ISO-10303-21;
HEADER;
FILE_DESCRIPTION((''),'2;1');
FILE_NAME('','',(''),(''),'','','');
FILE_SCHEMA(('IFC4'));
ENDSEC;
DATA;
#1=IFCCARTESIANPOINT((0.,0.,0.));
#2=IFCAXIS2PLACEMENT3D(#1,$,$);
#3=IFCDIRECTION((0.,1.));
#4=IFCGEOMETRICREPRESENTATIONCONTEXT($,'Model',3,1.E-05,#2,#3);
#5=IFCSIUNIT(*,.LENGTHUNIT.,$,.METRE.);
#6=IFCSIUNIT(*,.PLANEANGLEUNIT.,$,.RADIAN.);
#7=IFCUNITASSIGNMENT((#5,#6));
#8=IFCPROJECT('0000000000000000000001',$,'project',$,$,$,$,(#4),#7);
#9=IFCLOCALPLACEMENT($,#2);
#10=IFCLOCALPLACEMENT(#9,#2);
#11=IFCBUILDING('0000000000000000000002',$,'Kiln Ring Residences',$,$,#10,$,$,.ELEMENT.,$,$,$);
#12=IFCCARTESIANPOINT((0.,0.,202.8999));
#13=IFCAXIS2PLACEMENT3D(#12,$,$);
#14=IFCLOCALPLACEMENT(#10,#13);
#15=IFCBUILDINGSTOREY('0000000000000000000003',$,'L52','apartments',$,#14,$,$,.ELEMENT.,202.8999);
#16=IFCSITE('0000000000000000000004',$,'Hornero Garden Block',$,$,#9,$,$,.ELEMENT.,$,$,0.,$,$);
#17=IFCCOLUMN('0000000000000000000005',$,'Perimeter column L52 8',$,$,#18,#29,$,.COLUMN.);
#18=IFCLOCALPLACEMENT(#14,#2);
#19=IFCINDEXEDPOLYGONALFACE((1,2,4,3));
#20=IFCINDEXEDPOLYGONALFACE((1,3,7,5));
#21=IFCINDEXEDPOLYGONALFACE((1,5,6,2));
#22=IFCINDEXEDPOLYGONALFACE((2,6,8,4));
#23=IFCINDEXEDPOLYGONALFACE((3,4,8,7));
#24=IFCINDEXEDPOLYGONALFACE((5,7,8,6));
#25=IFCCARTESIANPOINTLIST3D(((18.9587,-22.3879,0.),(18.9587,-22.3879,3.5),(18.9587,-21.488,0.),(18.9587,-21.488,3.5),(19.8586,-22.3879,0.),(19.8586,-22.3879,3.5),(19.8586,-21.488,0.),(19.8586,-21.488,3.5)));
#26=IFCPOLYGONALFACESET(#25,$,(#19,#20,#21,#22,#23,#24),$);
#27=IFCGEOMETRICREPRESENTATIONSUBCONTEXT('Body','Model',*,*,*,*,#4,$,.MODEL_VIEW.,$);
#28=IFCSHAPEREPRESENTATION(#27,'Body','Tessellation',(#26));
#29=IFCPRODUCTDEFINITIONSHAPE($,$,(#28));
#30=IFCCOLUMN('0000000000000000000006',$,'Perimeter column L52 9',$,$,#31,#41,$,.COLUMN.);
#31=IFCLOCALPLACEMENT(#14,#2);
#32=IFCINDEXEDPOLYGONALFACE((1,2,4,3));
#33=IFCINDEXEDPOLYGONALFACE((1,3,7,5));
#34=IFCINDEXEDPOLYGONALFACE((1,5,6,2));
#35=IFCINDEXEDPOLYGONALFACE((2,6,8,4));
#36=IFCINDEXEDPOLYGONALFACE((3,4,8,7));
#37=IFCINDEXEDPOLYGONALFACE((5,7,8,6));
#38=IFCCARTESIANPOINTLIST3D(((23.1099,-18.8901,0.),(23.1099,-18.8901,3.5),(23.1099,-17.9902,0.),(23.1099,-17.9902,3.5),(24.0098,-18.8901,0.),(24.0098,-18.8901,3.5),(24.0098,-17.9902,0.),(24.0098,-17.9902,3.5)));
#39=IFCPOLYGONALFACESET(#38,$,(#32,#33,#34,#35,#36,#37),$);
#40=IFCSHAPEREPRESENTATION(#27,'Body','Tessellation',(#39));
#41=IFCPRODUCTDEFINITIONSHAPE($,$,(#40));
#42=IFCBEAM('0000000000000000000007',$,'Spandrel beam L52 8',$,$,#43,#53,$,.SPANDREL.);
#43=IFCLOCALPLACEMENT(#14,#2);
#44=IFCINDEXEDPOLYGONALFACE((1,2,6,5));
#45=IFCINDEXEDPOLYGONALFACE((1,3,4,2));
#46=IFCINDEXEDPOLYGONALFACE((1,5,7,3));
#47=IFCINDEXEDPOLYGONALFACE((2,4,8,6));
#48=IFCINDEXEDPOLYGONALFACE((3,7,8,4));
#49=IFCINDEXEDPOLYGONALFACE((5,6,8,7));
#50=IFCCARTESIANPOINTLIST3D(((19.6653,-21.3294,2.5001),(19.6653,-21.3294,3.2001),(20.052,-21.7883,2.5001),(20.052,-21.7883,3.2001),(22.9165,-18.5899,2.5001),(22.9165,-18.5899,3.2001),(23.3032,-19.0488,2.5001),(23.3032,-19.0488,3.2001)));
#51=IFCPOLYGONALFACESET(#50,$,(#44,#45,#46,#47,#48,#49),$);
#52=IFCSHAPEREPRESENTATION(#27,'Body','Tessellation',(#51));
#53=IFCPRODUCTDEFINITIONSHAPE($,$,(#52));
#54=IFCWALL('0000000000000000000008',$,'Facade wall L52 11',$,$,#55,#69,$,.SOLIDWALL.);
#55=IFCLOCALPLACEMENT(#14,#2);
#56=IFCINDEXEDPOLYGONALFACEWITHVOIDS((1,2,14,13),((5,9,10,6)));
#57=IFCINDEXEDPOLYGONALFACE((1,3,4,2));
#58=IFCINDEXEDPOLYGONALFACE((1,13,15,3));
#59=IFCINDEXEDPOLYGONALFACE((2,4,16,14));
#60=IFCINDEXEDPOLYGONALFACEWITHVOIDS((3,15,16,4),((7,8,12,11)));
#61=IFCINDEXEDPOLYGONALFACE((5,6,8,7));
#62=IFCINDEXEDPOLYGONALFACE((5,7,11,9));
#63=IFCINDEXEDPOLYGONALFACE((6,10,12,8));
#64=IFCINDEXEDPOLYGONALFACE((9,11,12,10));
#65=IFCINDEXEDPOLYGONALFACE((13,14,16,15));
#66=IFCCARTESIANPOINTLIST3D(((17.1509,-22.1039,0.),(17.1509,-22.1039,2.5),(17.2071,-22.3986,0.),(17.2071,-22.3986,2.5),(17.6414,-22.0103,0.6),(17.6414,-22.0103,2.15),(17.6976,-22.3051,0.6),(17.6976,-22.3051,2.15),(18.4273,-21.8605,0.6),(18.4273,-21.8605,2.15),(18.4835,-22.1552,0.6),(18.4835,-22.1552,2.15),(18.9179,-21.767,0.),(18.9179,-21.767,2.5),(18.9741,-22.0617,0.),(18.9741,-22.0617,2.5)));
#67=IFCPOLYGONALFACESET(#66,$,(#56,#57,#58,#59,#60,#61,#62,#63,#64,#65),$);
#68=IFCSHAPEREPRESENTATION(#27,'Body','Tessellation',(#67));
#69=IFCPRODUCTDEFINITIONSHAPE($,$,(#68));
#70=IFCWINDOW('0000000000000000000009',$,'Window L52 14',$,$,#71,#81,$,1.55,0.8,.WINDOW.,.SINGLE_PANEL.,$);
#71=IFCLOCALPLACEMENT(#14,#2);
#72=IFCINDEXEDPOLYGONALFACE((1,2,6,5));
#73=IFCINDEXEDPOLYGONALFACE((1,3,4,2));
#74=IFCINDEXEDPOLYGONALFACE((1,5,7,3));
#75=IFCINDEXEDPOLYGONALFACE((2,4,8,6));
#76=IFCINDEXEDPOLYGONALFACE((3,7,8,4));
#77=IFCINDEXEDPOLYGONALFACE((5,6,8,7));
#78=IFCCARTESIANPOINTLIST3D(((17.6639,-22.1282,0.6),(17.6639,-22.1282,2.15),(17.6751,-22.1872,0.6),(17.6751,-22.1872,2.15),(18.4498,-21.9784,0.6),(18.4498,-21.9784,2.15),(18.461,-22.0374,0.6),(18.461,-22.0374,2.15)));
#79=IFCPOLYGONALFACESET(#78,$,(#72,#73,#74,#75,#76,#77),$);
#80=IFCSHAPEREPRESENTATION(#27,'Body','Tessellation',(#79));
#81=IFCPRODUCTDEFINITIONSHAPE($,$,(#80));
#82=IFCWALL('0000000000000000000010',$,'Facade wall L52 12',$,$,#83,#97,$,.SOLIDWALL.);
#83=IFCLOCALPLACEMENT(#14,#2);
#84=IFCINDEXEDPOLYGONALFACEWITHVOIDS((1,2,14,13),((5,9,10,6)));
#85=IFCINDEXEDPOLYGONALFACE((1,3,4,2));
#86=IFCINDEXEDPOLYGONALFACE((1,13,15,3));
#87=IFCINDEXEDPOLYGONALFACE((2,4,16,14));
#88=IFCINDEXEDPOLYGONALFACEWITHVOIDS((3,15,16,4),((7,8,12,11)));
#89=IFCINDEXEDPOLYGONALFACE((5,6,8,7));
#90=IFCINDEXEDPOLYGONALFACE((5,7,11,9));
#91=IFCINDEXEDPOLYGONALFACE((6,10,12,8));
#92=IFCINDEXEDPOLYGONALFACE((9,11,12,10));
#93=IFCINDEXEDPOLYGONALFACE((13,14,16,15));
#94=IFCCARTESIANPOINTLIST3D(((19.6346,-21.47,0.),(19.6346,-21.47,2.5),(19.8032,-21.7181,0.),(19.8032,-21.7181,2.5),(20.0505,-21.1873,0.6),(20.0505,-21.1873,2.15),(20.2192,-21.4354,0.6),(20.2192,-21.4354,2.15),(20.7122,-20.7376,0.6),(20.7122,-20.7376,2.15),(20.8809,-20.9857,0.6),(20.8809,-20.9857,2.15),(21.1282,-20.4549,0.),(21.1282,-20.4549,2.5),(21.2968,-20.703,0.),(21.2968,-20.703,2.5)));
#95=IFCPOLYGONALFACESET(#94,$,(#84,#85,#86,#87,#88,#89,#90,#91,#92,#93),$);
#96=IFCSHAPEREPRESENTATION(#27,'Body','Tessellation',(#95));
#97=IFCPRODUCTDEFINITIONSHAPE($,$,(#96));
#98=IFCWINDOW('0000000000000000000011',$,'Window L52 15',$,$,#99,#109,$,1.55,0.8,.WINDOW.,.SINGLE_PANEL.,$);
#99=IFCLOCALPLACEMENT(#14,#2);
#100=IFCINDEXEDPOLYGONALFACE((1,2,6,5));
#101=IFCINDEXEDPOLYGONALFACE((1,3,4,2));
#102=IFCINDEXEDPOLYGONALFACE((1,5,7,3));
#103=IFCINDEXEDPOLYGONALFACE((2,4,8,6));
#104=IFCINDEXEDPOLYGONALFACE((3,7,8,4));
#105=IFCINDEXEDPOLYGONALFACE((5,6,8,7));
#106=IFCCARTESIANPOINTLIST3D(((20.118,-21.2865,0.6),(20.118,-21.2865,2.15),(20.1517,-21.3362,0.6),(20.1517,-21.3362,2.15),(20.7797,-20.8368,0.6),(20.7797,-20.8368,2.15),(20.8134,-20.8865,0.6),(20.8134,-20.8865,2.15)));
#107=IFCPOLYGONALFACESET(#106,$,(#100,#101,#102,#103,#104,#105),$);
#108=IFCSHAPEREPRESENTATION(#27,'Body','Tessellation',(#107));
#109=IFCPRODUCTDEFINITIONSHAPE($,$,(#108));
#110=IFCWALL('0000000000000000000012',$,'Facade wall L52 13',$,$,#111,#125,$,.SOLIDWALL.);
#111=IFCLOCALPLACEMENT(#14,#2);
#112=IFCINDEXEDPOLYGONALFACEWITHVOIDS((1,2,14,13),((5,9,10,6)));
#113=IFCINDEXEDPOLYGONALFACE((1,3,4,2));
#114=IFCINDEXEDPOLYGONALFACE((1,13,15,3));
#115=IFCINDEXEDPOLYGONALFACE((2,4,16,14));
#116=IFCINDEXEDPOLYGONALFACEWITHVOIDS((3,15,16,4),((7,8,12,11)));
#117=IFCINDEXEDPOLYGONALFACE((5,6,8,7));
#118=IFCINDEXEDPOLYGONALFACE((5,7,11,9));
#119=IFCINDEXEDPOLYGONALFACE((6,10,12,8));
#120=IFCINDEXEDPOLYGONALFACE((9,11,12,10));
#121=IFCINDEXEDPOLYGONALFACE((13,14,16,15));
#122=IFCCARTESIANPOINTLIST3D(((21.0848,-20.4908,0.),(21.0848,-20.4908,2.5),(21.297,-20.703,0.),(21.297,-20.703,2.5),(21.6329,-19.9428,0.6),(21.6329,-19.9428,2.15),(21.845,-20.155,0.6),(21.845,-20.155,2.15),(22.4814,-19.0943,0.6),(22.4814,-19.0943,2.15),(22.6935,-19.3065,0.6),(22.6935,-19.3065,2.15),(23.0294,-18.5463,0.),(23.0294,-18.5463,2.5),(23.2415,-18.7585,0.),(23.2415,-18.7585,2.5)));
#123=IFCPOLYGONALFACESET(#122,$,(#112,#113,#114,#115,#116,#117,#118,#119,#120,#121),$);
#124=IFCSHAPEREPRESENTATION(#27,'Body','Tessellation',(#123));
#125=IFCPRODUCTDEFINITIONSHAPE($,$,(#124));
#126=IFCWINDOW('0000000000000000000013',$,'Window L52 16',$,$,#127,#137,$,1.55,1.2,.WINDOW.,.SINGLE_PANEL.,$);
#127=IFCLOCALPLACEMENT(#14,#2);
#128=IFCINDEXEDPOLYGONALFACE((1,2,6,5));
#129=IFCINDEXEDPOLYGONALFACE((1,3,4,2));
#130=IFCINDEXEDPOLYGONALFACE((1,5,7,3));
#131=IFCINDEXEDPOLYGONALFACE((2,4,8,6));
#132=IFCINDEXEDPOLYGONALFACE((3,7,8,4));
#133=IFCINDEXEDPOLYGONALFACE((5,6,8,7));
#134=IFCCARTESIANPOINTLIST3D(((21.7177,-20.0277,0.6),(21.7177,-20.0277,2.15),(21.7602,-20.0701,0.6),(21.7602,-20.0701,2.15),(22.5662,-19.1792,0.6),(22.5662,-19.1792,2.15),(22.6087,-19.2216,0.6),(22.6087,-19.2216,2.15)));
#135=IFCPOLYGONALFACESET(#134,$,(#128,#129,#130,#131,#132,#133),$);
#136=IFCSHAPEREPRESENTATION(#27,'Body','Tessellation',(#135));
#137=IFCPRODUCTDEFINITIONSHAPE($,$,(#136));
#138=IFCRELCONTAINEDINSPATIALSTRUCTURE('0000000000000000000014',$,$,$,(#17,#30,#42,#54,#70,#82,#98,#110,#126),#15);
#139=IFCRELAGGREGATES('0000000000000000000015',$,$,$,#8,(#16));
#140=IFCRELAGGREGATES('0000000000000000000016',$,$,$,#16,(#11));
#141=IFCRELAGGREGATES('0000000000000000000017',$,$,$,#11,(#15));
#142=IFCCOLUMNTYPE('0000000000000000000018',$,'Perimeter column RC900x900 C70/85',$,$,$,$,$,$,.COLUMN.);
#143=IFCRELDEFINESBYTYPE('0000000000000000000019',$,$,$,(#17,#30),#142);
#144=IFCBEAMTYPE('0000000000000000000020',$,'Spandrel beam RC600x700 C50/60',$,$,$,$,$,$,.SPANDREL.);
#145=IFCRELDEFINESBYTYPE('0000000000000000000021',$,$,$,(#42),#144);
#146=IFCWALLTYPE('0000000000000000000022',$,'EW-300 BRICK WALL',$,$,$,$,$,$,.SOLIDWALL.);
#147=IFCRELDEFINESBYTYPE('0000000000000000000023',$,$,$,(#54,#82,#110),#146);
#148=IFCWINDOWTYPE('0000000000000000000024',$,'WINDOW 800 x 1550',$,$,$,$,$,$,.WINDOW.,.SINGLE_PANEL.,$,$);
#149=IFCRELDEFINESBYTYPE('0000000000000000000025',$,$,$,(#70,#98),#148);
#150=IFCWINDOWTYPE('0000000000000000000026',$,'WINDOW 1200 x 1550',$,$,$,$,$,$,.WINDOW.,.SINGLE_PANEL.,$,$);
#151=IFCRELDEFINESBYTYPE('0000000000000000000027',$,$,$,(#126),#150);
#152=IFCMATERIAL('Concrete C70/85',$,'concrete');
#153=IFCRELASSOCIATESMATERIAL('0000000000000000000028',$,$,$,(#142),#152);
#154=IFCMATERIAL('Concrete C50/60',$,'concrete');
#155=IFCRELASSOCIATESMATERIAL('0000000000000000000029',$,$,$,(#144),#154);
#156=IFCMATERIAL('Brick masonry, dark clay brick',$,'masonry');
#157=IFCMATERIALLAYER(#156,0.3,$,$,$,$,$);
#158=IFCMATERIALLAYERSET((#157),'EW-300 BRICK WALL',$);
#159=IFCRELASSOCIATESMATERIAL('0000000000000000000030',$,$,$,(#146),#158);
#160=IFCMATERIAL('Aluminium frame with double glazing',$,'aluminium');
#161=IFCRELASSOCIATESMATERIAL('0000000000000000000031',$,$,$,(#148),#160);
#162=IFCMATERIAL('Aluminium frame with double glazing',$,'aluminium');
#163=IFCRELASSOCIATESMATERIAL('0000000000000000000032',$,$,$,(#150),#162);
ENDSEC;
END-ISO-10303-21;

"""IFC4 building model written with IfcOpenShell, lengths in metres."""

from ifc_helpers import new_model, si_unit, direction, frame, frame_2d, origin, origin_2d, place, context, subcontext, project, spatial, rectangle, extrude, material, layer, layer_set, material_profile, profile_set, type_object, element, fill, save


model = new_model("IFC4")

# Units and contexts
model_context = context("Model", 3, precision=1e-05, world=origin(), true_north=direction((0.0, 1.0)))
body_context = subcontext(model_context, "Body", "Model", "MODEL_VIEW")
ifc_project = project(units=[si_unit("LENGTHUNIT", "METRE"), si_unit("PLANEANGLEUNIT", "RADIAN")], contexts=[model_context])

# Site, building, storey
site_placement = place(None, origin())
site = spatial("IfcSite", under=ifc_project, at=site_placement, Name="Hornero Garden Block", CompositionType="ELEMENT", RefElevation=0.0)
building_placement = place(site_placement, origin())
building = spatial("IfcBuilding", under=site, at=building_placement, Name="Kiln Ring Residences", CompositionType="ELEMENT")
storey_placement = place(building_placement, frame((0.0, 0.0, 202.8999)))
storey = spatial("IfcBuildingStorey", under=building, at=storey_placement, Name="L52", Description="apartments", CompositionType="ELEMENT", Elevation=202.8999)

# Columns
ifc_material_1 = material(Name="Concrete C70/85", Category="concrete")
ifc_material_profile_1 = material_profile(ifc_material_1, rectangle(XDim=0.8999, YDim=0.8999, at=origin_2d()), Name="RC900x900")
ifc_profile_set_1 = profile_set([ifc_material_profile_1], Name="Concrete C70/85")
column_type = type_object("IfcColumnType", Name="Perimeter column RC900x900 C70/85", PredefinedType="COLUMN", material=ifc_profile_set_1)
for number, where, z_axis, x_axis, name in (
    (1, (19.4087, -21.938, 0.0), (0.0, 0.0, 1.0), (1.0, 0.0, 0.0), "Perimeter column L52 8"),
    (2, (23.5598, -18.4402, 0.0), (0.0, 0.0, 1.0), (1.0, 0.0, 0.0), "Perimeter column L52 9"),
):
    element("IfcColumn", number, at=place(storey_placement, frame(where, z_axis=z_axis, x_axis=x_axis)), inside=storey, type_object=column_type, Name=name, PredefinedType="COLUMN", context=body_context, shape_type="SweptSolid", body=[
        extrude(rectangle(XDim=0.8999, YDim=0.8999, at=origin_2d()), origin(), (0.0, 0.0, 1.0), 3.5),
    ])

# Beam
ifc_material_2 = material(Name="Concrete C50/60", Category="concrete")
ifc_material_profile_2 = material_profile(ifc_material_2, rectangle(XDim=0.6001, YDim=0.7, at=origin_2d()), Name="RC600x700")
ifc_profile_set_2 = profile_set([ifc_material_profile_2], Name="Concrete C50/60")
beam_type = type_object("IfcBeamType", Name="Spandrel beam RC600x700 C50/60", PredefinedType="SPANDREL", material=ifc_profile_set_2)
beam_placement = place(storey_placement, frame((19.8586, -21.5588, 2.8501), z_axis=(0.764722, 0.64436, 0.0), x_axis=(-0.64436, 0.764722, 0.0)))
element("IfcBeam", 3, at=beam_placement, inside=storey, type_object=beam_type, Name="Spandrel beam L52 8", PredefinedType="SPANDREL", context=body_context, shape_type="SweptSolid", body=[
    extrude(rectangle(XDim=0.6001, YDim=0.7, at=origin_2d()), origin(), (0.0, 0.0, 1.0), 4.2515),
])

# Walls, openings, windows
ifc_material_3 = material(Name="Brick masonry, dark clay brick", Category="masonry")
ifc_layer_1 = layer(ifc_material_3, 0.3)
ifc_layer_set_1 = layer_set([ifc_layer_1], Name="EW-300 BRICK WALL")
wall_type_1 = type_object("IfcWallType", Name="EW-300 BRICK WALL", PredefinedType="SOLIDWALL", material=ifc_layer_set_1)
wall_1_placement = place(storey_placement, frame((17.179, -22.2512, 0.0), z_axis=(0.0, 0.0, 1.0), x_axis=(0.982305, 0.187287, 0.0)))
wall_1 = element("IfcWall", 4, at=wall_1_placement, inside=storey, type_object=wall_type_1, Name="Facade wall L52 11", PredefinedType="SOLIDWALL", context=body_context, shape_type="SweptSolid", body=[
    extrude(rectangle(XDim=1.7988, YDim=0.3, at=frame_2d((0.8994, 0.0))), origin(), (0.0, 0.0, 1.0), 2.5),
])
opening_1_placement = place(wall_1_placement, frame((0.4995, 0.0, 0.6001)))
opening_1 = element("IfcOpeningElement", 5, at=opening_1_placement, cuts=wall_1, PredefinedType="OPENING", context=body_context, shape_type="SweptSolid", body=[
    extrude(rectangle(XDim=0.8, YDim=1.55, at=frame_2d((0.3999, 0.7749))), frame((0.0, 0.1599, 0.0), z_axis=(0.0, -1.0, 0.0), x_axis=(1.0, 0.0, 0.0)), (0.0, 0.0, 1.0), 0.3201),
])
ifc_material_4 = material(Name="Aluminium frame with double glazing", Category="aluminium")
window_type_1 = type_object("IfcWindowType", Name="WINDOW 800 x 1550", PartitioningType="SINGLE_PANEL", PredefinedType="WINDOW", material=ifc_material_4)
window_1_placement = place(opening_1_placement, origin())
window_1 = element("IfcWindow", 6, at=window_1_placement, inside=storey, type_object=window_type_1, Name="Window L52 14", OverallHeight=1.55, OverallWidth=0.8, PartitioningType="SINGLE_PANEL", PredefinedType="WINDOW", context=body_context, shape_type="SweptSolid", body=[
    extrude(rectangle(XDim=0.8, YDim=1.55, at=frame_2d((0.3999, 0.7749))), frame((0.0, 0.03, 0.0), z_axis=(0.0, -1.0, 0.0), x_axis=(1.0, 0.0, 0.0)), (0.0, 0.0, 1.0), 0.0601),
])
fill(opening_1, window_1)
wall_2_placement = place(storey_placement, frame((19.719, -21.594, 0.0), z_axis=(0.0, 0.0, 1.0), x_axis=(0.827067, 0.562103, 0.0)))
wall_2 = element("IfcWall", 7, at=wall_2_placement, inside=storey, type_object=wall_type_1, Name="Facade wall L52 12", PredefinedType="SOLIDWALL", context=body_context, shape_type="SweptSolid", body=[
    extrude(rectangle(XDim=1.8059, YDim=0.3, at=frame_2d((0.9028, 0.0))), origin(), (0.0, 0.0, 1.0), 2.5),
])
opening_2_placement = place(wall_2_placement, frame((0.5029, 0.0, 0.6001)))
opening_2 = element("IfcOpeningElement", 8, at=opening_2_placement, cuts=wall_2, PredefinedType="OPENING", context=body_context, shape_type="SweptSolid", body=[
    extrude(rectangle(XDim=0.8, YDim=1.55, at=frame_2d((0.3999, 0.7749))), frame((0.0, 0.1599, 0.0), z_axis=(0.0, -1.0, 0.0), x_axis=(1.0, 0.0, 0.0)), (0.0, 0.0, 1.0), 0.3201),
])
window_2_placement = place(opening_2_placement, origin())
window_2 = element("IfcWindow", 9, at=window_2_placement, inside=storey, type_object=window_type_1, Name="Window L52 15", OverallHeight=1.55, OverallWidth=0.8, PartitioningType="SINGLE_PANEL", PredefinedType="WINDOW", context=body_context, shape_type="SweptSolid", body=[
    extrude(rectangle(XDim=0.8, YDim=1.55, at=frame_2d((0.3999, 0.7749))), frame((0.0, 0.03, 0.0), z_axis=(0.0, -1.0, 0.0), x_axis=(1.0, 0.0, 0.0)), (0.0, 0.0, 1.0), 0.0601),
])
fill(opening_2, window_2)
wall_3_placement = place(storey_placement, frame((21.1909, -20.5969, 0.0), z_axis=(0.0, 0.0, 1.0), x_axis=(0.707107, 0.707107, 0.0)))
wall_3 = element("IfcWall", 10, at=wall_3_placement, inside=storey, type_object=wall_type_1, Name="Facade wall L52 13", PredefinedType="SOLIDWALL", context=body_context, shape_type="SweptSolid", body=[
    extrude(rectangle(XDim=2.75, YDim=0.3, at=frame_2d((1.375, 0.0))), origin(), (0.0, 0.0, 1.0), 2.5),
])
opening_3_placement = place(wall_3_placement, frame((0.7749, 0.0, 0.6001)))
opening_3 = element("IfcOpeningElement", 11, at=opening_3_placement, cuts=wall_3, PredefinedType="OPENING", context=body_context, shape_type="SweptSolid", body=[
    extrude(rectangle(XDim=1.2, YDim=1.55, at=frame_2d((0.6001, 0.7749))), frame((0.0, 0.1599, 0.0), z_axis=(0.0, -1.0, 0.0), x_axis=(1.0, 0.0, 0.0)), (0.0, 0.0, 1.0), 0.3201),
])
ifc_material_5 = material(Name="Aluminium frame with double glazing", Category="aluminium")
window_type_2 = type_object("IfcWindowType", Name="WINDOW 1200 x 1550", PartitioningType="SINGLE_PANEL", PredefinedType="WINDOW", material=ifc_material_5)
window_3_placement = place(opening_3_placement, origin())
window_3 = element("IfcWindow", 12, at=window_3_placement, inside=storey, type_object=window_type_2, Name="Window L52 16", OverallHeight=1.55, OverallWidth=1.2, PartitioningType="SINGLE_PANEL", PredefinedType="WINDOW", context=body_context, shape_type="SweptSolid", body=[
    extrude(rectangle(XDim=1.2, YDim=1.55, at=frame_2d((0.6001, 0.7749))), frame((0.0, 0.03, 0.0), z_axis=(0.0, -1.0, 0.0), x_axis=(1.0, 0.0, 0.0)), (0.0, 0.0, 1.0), 0.0601),
])
fill(opening_3, window_3)

save(model, "model.ifc")
